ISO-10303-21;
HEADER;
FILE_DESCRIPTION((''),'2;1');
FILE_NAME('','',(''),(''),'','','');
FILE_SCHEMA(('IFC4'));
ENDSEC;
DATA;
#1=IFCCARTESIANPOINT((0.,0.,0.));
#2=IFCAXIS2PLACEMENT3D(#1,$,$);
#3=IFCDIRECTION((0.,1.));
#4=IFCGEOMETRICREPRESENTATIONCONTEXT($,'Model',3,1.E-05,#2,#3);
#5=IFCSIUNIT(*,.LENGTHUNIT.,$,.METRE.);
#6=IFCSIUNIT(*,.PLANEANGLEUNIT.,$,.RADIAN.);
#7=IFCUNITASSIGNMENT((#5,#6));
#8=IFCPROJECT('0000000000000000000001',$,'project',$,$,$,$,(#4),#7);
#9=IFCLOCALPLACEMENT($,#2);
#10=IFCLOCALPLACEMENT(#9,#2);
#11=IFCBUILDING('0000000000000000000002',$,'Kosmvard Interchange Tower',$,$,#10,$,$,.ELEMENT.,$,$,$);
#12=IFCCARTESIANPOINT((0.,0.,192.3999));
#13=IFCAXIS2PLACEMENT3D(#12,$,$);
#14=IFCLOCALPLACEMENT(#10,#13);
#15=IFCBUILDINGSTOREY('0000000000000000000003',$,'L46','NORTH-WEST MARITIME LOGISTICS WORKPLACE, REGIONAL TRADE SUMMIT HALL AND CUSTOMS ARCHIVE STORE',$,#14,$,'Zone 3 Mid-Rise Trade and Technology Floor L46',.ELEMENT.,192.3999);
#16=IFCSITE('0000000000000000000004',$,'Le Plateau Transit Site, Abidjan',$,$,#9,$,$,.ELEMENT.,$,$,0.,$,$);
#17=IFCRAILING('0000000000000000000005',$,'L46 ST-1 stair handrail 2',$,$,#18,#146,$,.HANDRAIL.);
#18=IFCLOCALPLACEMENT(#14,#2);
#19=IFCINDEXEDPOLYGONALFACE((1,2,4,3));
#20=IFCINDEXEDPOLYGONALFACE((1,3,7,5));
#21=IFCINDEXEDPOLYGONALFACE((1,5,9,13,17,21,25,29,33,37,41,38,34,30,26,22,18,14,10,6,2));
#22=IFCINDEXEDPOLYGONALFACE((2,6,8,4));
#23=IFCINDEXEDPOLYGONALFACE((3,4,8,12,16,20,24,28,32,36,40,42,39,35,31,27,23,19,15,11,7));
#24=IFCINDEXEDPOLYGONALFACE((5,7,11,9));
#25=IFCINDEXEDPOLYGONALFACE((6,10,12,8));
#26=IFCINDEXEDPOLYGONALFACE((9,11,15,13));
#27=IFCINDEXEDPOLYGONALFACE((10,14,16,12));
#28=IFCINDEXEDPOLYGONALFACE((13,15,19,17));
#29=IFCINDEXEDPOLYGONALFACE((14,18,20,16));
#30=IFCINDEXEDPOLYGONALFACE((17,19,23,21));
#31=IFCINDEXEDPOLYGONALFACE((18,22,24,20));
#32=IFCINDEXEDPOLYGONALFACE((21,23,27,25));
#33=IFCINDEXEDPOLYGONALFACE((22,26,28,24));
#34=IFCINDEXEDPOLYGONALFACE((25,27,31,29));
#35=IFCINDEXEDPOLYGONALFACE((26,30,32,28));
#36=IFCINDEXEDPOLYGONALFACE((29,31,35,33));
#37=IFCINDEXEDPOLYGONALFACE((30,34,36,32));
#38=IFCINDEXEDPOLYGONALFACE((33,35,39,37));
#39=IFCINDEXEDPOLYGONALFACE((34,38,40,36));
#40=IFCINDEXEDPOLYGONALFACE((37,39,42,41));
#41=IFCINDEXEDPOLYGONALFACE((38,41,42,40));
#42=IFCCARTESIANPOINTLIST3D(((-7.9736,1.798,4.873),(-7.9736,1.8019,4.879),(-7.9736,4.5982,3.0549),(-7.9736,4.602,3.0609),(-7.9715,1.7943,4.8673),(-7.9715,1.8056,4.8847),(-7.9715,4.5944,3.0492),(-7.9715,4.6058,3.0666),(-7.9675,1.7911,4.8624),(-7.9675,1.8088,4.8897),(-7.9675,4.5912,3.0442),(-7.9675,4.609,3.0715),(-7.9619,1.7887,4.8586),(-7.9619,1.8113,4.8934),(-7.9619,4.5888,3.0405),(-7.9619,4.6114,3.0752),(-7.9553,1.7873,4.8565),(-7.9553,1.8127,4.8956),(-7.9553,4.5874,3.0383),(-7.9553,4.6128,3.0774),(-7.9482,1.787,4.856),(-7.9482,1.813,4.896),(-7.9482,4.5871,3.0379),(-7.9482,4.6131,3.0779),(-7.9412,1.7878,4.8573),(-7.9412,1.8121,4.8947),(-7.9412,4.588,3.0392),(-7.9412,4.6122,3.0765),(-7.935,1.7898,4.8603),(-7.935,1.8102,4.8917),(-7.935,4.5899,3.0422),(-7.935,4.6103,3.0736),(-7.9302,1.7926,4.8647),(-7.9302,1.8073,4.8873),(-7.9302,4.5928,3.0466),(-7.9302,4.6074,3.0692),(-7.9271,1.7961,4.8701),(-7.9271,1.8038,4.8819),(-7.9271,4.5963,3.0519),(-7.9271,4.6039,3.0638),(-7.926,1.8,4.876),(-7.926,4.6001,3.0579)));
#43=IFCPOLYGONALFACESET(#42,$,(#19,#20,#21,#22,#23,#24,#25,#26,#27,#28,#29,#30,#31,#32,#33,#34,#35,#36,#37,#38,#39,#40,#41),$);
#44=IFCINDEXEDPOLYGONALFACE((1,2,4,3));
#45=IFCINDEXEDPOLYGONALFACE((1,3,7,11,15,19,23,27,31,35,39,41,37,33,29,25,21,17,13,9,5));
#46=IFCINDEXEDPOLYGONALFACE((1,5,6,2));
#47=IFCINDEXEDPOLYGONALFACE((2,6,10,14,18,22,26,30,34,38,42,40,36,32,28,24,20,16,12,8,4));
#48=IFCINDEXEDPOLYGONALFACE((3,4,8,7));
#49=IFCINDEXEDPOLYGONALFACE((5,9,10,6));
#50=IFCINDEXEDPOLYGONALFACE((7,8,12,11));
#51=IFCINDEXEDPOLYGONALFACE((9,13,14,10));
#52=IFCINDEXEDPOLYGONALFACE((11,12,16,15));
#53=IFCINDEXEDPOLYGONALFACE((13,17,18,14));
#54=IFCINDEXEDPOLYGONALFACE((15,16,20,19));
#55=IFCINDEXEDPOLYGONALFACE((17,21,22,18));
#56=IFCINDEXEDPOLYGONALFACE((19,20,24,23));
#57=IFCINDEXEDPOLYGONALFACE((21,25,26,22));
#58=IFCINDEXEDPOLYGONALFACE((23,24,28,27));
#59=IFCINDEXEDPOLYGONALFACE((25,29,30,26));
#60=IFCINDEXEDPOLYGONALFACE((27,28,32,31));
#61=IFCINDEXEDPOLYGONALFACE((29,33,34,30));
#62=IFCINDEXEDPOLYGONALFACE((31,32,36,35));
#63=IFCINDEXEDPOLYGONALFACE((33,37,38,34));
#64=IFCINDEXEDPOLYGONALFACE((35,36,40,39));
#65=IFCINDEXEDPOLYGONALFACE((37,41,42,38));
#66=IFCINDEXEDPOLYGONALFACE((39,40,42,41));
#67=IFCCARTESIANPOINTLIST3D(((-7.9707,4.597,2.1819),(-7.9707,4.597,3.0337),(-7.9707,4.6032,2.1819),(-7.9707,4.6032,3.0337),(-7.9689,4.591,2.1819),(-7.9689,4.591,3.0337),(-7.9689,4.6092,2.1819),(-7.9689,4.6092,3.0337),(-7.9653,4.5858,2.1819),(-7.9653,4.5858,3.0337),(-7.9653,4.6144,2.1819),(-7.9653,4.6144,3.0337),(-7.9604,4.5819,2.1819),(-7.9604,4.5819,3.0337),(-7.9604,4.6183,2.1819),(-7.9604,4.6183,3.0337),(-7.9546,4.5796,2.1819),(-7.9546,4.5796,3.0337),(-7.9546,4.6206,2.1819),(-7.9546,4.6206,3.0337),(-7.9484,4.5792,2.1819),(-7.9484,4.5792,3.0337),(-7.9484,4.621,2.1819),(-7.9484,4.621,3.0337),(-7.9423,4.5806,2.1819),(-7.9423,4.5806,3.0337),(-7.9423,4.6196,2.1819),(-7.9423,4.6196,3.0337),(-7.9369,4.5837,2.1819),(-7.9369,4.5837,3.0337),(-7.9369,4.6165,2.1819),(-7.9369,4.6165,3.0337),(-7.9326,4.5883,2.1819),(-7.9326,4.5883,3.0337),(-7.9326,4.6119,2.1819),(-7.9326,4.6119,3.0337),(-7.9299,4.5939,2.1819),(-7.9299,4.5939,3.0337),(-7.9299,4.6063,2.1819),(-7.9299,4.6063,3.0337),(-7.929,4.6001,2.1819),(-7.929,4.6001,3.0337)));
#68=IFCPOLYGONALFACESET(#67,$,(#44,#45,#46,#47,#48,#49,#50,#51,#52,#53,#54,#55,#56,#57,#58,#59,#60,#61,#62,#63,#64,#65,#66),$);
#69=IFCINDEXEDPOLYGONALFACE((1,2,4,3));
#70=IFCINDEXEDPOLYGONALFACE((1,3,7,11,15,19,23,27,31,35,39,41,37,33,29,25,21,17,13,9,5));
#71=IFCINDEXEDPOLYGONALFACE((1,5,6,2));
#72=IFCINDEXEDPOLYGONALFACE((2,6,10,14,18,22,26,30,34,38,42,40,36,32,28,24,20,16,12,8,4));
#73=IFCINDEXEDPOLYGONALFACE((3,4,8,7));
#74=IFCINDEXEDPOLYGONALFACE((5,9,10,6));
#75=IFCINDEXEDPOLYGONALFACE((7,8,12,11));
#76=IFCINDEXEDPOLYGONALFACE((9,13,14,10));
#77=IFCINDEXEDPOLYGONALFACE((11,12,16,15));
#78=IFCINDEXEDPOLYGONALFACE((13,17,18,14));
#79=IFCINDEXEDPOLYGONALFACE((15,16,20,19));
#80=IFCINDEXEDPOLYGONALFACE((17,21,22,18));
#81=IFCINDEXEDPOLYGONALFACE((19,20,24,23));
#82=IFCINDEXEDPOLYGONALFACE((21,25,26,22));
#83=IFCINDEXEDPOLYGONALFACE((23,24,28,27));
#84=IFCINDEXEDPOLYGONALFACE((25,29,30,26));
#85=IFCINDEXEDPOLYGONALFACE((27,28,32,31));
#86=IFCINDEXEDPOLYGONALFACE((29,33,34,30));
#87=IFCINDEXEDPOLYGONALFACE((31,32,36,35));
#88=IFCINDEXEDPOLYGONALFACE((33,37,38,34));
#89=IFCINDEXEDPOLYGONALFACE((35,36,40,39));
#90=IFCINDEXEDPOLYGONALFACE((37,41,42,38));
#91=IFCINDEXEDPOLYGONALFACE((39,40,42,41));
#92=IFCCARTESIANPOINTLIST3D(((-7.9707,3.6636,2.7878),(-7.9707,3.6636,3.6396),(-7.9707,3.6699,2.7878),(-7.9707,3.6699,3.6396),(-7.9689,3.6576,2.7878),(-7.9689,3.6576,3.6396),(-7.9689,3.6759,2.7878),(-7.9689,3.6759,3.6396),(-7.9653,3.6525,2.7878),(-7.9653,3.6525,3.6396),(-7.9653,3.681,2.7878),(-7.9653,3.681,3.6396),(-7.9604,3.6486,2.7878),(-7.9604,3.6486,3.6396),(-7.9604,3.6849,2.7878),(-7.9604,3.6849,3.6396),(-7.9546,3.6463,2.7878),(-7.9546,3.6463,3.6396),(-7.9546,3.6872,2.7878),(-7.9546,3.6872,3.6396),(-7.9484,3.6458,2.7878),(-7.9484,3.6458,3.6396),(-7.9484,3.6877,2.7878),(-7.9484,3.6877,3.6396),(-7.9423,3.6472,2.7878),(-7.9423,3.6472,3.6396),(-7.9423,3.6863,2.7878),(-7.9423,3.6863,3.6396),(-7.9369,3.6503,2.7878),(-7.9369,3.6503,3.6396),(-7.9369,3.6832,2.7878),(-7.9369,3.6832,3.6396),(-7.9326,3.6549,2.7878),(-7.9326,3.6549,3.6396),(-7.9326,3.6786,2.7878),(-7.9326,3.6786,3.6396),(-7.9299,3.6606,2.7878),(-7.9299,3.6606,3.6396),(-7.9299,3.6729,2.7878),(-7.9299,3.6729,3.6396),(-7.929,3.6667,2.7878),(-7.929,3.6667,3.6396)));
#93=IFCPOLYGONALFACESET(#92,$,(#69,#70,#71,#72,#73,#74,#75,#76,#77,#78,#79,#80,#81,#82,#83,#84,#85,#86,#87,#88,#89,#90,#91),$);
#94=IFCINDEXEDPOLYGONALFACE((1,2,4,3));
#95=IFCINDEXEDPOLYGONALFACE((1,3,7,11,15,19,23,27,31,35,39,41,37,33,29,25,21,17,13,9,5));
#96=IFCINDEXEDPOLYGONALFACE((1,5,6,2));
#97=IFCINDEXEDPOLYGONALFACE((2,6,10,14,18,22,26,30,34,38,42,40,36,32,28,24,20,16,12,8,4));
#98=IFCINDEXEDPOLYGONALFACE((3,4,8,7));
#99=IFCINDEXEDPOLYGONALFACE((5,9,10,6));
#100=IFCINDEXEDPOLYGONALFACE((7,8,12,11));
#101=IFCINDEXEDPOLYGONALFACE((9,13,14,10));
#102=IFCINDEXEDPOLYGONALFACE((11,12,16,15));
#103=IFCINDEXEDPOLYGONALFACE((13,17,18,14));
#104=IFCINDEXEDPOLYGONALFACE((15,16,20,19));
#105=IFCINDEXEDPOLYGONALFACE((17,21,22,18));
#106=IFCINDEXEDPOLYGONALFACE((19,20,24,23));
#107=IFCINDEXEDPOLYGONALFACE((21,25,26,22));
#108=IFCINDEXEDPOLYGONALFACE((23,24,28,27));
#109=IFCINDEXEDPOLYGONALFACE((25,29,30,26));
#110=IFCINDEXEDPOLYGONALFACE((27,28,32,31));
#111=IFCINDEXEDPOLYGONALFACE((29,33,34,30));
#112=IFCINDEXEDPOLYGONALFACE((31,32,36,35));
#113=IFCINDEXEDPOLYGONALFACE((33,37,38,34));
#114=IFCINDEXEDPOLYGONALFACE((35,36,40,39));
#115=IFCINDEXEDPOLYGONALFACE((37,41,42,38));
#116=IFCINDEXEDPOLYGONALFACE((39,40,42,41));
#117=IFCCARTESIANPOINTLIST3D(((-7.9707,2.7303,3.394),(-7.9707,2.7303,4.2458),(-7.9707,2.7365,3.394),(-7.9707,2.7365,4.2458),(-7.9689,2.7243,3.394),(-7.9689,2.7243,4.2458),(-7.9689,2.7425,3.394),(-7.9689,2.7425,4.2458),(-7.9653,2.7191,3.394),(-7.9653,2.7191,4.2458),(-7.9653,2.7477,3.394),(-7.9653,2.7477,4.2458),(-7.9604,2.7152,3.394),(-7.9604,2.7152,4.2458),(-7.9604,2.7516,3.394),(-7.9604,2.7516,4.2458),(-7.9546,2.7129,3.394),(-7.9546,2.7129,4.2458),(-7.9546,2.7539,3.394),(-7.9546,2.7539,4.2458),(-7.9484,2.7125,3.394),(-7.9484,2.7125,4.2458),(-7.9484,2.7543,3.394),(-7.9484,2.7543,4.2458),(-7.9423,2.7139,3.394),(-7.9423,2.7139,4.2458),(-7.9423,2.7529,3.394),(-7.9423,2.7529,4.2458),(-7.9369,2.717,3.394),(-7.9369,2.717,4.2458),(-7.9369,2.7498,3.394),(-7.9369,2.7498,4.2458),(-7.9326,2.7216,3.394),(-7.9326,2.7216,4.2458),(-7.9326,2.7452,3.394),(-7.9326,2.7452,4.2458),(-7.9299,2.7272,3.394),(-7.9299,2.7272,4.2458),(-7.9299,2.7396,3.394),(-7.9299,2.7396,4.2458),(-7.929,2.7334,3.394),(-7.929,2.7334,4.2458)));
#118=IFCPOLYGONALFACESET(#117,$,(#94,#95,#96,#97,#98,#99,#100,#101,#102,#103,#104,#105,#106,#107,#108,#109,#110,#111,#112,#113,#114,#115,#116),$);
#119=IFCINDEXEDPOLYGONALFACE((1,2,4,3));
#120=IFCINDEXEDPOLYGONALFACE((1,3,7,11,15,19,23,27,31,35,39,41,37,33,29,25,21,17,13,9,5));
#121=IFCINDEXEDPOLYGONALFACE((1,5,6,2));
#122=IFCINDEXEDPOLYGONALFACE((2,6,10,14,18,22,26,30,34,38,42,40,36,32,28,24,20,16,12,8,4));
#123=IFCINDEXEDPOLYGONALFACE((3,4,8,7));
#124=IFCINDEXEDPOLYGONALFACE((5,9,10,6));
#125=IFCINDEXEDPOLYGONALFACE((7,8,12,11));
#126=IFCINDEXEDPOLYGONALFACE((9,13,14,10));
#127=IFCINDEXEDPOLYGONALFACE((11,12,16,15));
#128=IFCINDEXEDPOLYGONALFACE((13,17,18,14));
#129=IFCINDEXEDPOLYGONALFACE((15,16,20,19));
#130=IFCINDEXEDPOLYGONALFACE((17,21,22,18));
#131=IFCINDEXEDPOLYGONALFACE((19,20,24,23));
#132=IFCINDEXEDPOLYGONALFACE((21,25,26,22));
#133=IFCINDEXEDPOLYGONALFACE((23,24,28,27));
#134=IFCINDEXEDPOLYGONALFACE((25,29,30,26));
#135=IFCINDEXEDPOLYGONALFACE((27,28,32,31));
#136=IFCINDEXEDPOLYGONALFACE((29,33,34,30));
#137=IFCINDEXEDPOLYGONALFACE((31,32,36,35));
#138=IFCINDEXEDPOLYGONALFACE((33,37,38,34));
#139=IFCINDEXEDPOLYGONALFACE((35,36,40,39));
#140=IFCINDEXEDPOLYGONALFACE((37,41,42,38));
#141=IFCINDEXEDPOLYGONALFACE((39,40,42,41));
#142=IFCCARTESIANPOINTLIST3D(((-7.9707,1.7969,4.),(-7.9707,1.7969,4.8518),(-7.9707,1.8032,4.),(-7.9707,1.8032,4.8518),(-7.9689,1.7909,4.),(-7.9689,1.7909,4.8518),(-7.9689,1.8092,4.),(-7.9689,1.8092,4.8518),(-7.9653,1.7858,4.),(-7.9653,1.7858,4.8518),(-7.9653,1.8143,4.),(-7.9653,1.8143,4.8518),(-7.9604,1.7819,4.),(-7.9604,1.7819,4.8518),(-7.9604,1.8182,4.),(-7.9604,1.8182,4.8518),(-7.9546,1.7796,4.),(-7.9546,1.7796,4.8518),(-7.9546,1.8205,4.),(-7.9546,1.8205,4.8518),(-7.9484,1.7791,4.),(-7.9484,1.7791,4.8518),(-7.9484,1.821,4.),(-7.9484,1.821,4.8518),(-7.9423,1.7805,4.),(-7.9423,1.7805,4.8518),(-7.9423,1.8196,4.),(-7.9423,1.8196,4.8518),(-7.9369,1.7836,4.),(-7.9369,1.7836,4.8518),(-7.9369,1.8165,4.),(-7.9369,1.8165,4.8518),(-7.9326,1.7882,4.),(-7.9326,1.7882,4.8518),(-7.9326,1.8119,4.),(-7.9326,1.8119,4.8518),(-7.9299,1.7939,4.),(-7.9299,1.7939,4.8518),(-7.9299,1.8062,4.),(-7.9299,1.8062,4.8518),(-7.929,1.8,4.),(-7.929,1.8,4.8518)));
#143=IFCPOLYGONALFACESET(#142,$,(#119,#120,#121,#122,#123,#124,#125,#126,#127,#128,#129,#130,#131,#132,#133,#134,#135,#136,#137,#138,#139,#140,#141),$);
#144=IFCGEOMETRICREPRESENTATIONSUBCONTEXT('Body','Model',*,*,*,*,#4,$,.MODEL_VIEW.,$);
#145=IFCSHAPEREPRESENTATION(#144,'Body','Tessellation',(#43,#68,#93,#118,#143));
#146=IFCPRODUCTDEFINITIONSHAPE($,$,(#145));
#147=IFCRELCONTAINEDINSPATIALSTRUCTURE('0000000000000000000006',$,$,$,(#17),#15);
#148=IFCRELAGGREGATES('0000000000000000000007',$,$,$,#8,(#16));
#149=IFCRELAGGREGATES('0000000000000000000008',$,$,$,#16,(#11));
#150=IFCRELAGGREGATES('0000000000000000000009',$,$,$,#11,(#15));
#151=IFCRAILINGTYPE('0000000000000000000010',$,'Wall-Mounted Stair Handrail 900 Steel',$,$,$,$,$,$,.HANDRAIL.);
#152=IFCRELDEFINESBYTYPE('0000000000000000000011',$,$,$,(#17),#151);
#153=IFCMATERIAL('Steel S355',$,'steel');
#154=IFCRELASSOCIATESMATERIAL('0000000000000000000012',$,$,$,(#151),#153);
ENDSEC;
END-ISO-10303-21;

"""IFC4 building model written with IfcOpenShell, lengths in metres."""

from ifc_helpers import new_model, si_unit, direction, frame, origin, origin_2d, place, context, subcontext, project, spatial, circle, extrude, source, transform, mapped, material, type_object, element, save


model = new_model("IFC4")

# Units and contexts
model_context = context("Model", 3, precision=1e-05, world=origin(), true_north=direction((0.0, 1.0)))
body_context = subcontext(model_context, "Body", "Model", "MODEL_VIEW")
ifc_project = project(units=[si_unit("LENGTHUNIT", "METRE"), si_unit("PLANEANGLEUNIT", "RADIAN")], contexts=[model_context])

# Site, building, storey
site_placement = place(None, origin())
site = spatial("IfcSite", under=ifc_project, at=site_placement, Name="Le Plateau Transit Site, Abidjan", CompositionType="ELEMENT", RefElevation=0.0)
building_placement = place(site_placement, origin())
building = spatial("IfcBuilding", under=site, at=building_placement, Name="Kosmvard Interchange Tower", CompositionType="ELEMENT")
storey_placement = place(building_placement, frame((0.0, 0.0, 192.3999)))
storey = spatial("IfcBuildingStorey", under=building, at=storey_placement, Name="L46", Description="NORTH-WEST MARITIME LOGISTICS WORKPLACE, REGIONAL TRADE SUMMIT HALL AND CUSTOMS ARCHIVE STORE", LongName="Zone 3 Mid-Rise Trade and Technology Floor L46", CompositionType="ELEMENT", Elevation=192.3999)

# Shared definitions
ifc_material_1 = material(Name="Steel S355", Category="steel")

# Railing
railing_type = type_object("IfcRailingType", Name="Wall-Mounted Stair Handrail 900 Steel", PredefinedType="HANDRAIL", material=ifc_material_1)
shared_shape_1 = source(origin(), body_context, "Body", "SweptSolid", [
    extrude(circle(Radius=0.0239, at=origin_2d()), frame((0.0, 0.0, 0.876), z_axis=(0.0, -0.838706, 0.544585), x_axis=(1.0, 0.0, 0.0)), (0.0, 0.0, 1.0), 3.3386),
    extrude(circle(Radius=0.021, at=origin_2d()), origin(), (0.0, 0.0, 1.0), 0.8518),
    extrude(circle(Radius=0.021, at=origin_2d()), frame((0.0, -0.9333, 0.606)), (0.0, 0.0, 1.0), 0.8518),
    extrude(circle(Radius=0.021, at=origin_2d()), frame((0.0, -1.8667, 1.2122)), (0.0, 0.0, 1.0), 0.8518),
    extrude(circle(Radius=0.021, at=origin_2d()), frame((0.0, -2.8, 1.8181)), (0.0, 0.0, 1.0), 0.8518),
])
railing_placement = place(storey_placement, frame((-7.95, 4.6001, 2.1819)))
element("IfcRailing", 1, at=railing_placement, inside=storey, type_object=railing_type, Name="L46 ST-1 stair handrail 2", PredefinedType="HANDRAIL", context=body_context, shape_type="MappedRepresentation", body=[
    mapped(shared_shape_1, transform((0.0, 0.0, 0.0), scale=1.0)),
])

save(model, "model.ifc")
